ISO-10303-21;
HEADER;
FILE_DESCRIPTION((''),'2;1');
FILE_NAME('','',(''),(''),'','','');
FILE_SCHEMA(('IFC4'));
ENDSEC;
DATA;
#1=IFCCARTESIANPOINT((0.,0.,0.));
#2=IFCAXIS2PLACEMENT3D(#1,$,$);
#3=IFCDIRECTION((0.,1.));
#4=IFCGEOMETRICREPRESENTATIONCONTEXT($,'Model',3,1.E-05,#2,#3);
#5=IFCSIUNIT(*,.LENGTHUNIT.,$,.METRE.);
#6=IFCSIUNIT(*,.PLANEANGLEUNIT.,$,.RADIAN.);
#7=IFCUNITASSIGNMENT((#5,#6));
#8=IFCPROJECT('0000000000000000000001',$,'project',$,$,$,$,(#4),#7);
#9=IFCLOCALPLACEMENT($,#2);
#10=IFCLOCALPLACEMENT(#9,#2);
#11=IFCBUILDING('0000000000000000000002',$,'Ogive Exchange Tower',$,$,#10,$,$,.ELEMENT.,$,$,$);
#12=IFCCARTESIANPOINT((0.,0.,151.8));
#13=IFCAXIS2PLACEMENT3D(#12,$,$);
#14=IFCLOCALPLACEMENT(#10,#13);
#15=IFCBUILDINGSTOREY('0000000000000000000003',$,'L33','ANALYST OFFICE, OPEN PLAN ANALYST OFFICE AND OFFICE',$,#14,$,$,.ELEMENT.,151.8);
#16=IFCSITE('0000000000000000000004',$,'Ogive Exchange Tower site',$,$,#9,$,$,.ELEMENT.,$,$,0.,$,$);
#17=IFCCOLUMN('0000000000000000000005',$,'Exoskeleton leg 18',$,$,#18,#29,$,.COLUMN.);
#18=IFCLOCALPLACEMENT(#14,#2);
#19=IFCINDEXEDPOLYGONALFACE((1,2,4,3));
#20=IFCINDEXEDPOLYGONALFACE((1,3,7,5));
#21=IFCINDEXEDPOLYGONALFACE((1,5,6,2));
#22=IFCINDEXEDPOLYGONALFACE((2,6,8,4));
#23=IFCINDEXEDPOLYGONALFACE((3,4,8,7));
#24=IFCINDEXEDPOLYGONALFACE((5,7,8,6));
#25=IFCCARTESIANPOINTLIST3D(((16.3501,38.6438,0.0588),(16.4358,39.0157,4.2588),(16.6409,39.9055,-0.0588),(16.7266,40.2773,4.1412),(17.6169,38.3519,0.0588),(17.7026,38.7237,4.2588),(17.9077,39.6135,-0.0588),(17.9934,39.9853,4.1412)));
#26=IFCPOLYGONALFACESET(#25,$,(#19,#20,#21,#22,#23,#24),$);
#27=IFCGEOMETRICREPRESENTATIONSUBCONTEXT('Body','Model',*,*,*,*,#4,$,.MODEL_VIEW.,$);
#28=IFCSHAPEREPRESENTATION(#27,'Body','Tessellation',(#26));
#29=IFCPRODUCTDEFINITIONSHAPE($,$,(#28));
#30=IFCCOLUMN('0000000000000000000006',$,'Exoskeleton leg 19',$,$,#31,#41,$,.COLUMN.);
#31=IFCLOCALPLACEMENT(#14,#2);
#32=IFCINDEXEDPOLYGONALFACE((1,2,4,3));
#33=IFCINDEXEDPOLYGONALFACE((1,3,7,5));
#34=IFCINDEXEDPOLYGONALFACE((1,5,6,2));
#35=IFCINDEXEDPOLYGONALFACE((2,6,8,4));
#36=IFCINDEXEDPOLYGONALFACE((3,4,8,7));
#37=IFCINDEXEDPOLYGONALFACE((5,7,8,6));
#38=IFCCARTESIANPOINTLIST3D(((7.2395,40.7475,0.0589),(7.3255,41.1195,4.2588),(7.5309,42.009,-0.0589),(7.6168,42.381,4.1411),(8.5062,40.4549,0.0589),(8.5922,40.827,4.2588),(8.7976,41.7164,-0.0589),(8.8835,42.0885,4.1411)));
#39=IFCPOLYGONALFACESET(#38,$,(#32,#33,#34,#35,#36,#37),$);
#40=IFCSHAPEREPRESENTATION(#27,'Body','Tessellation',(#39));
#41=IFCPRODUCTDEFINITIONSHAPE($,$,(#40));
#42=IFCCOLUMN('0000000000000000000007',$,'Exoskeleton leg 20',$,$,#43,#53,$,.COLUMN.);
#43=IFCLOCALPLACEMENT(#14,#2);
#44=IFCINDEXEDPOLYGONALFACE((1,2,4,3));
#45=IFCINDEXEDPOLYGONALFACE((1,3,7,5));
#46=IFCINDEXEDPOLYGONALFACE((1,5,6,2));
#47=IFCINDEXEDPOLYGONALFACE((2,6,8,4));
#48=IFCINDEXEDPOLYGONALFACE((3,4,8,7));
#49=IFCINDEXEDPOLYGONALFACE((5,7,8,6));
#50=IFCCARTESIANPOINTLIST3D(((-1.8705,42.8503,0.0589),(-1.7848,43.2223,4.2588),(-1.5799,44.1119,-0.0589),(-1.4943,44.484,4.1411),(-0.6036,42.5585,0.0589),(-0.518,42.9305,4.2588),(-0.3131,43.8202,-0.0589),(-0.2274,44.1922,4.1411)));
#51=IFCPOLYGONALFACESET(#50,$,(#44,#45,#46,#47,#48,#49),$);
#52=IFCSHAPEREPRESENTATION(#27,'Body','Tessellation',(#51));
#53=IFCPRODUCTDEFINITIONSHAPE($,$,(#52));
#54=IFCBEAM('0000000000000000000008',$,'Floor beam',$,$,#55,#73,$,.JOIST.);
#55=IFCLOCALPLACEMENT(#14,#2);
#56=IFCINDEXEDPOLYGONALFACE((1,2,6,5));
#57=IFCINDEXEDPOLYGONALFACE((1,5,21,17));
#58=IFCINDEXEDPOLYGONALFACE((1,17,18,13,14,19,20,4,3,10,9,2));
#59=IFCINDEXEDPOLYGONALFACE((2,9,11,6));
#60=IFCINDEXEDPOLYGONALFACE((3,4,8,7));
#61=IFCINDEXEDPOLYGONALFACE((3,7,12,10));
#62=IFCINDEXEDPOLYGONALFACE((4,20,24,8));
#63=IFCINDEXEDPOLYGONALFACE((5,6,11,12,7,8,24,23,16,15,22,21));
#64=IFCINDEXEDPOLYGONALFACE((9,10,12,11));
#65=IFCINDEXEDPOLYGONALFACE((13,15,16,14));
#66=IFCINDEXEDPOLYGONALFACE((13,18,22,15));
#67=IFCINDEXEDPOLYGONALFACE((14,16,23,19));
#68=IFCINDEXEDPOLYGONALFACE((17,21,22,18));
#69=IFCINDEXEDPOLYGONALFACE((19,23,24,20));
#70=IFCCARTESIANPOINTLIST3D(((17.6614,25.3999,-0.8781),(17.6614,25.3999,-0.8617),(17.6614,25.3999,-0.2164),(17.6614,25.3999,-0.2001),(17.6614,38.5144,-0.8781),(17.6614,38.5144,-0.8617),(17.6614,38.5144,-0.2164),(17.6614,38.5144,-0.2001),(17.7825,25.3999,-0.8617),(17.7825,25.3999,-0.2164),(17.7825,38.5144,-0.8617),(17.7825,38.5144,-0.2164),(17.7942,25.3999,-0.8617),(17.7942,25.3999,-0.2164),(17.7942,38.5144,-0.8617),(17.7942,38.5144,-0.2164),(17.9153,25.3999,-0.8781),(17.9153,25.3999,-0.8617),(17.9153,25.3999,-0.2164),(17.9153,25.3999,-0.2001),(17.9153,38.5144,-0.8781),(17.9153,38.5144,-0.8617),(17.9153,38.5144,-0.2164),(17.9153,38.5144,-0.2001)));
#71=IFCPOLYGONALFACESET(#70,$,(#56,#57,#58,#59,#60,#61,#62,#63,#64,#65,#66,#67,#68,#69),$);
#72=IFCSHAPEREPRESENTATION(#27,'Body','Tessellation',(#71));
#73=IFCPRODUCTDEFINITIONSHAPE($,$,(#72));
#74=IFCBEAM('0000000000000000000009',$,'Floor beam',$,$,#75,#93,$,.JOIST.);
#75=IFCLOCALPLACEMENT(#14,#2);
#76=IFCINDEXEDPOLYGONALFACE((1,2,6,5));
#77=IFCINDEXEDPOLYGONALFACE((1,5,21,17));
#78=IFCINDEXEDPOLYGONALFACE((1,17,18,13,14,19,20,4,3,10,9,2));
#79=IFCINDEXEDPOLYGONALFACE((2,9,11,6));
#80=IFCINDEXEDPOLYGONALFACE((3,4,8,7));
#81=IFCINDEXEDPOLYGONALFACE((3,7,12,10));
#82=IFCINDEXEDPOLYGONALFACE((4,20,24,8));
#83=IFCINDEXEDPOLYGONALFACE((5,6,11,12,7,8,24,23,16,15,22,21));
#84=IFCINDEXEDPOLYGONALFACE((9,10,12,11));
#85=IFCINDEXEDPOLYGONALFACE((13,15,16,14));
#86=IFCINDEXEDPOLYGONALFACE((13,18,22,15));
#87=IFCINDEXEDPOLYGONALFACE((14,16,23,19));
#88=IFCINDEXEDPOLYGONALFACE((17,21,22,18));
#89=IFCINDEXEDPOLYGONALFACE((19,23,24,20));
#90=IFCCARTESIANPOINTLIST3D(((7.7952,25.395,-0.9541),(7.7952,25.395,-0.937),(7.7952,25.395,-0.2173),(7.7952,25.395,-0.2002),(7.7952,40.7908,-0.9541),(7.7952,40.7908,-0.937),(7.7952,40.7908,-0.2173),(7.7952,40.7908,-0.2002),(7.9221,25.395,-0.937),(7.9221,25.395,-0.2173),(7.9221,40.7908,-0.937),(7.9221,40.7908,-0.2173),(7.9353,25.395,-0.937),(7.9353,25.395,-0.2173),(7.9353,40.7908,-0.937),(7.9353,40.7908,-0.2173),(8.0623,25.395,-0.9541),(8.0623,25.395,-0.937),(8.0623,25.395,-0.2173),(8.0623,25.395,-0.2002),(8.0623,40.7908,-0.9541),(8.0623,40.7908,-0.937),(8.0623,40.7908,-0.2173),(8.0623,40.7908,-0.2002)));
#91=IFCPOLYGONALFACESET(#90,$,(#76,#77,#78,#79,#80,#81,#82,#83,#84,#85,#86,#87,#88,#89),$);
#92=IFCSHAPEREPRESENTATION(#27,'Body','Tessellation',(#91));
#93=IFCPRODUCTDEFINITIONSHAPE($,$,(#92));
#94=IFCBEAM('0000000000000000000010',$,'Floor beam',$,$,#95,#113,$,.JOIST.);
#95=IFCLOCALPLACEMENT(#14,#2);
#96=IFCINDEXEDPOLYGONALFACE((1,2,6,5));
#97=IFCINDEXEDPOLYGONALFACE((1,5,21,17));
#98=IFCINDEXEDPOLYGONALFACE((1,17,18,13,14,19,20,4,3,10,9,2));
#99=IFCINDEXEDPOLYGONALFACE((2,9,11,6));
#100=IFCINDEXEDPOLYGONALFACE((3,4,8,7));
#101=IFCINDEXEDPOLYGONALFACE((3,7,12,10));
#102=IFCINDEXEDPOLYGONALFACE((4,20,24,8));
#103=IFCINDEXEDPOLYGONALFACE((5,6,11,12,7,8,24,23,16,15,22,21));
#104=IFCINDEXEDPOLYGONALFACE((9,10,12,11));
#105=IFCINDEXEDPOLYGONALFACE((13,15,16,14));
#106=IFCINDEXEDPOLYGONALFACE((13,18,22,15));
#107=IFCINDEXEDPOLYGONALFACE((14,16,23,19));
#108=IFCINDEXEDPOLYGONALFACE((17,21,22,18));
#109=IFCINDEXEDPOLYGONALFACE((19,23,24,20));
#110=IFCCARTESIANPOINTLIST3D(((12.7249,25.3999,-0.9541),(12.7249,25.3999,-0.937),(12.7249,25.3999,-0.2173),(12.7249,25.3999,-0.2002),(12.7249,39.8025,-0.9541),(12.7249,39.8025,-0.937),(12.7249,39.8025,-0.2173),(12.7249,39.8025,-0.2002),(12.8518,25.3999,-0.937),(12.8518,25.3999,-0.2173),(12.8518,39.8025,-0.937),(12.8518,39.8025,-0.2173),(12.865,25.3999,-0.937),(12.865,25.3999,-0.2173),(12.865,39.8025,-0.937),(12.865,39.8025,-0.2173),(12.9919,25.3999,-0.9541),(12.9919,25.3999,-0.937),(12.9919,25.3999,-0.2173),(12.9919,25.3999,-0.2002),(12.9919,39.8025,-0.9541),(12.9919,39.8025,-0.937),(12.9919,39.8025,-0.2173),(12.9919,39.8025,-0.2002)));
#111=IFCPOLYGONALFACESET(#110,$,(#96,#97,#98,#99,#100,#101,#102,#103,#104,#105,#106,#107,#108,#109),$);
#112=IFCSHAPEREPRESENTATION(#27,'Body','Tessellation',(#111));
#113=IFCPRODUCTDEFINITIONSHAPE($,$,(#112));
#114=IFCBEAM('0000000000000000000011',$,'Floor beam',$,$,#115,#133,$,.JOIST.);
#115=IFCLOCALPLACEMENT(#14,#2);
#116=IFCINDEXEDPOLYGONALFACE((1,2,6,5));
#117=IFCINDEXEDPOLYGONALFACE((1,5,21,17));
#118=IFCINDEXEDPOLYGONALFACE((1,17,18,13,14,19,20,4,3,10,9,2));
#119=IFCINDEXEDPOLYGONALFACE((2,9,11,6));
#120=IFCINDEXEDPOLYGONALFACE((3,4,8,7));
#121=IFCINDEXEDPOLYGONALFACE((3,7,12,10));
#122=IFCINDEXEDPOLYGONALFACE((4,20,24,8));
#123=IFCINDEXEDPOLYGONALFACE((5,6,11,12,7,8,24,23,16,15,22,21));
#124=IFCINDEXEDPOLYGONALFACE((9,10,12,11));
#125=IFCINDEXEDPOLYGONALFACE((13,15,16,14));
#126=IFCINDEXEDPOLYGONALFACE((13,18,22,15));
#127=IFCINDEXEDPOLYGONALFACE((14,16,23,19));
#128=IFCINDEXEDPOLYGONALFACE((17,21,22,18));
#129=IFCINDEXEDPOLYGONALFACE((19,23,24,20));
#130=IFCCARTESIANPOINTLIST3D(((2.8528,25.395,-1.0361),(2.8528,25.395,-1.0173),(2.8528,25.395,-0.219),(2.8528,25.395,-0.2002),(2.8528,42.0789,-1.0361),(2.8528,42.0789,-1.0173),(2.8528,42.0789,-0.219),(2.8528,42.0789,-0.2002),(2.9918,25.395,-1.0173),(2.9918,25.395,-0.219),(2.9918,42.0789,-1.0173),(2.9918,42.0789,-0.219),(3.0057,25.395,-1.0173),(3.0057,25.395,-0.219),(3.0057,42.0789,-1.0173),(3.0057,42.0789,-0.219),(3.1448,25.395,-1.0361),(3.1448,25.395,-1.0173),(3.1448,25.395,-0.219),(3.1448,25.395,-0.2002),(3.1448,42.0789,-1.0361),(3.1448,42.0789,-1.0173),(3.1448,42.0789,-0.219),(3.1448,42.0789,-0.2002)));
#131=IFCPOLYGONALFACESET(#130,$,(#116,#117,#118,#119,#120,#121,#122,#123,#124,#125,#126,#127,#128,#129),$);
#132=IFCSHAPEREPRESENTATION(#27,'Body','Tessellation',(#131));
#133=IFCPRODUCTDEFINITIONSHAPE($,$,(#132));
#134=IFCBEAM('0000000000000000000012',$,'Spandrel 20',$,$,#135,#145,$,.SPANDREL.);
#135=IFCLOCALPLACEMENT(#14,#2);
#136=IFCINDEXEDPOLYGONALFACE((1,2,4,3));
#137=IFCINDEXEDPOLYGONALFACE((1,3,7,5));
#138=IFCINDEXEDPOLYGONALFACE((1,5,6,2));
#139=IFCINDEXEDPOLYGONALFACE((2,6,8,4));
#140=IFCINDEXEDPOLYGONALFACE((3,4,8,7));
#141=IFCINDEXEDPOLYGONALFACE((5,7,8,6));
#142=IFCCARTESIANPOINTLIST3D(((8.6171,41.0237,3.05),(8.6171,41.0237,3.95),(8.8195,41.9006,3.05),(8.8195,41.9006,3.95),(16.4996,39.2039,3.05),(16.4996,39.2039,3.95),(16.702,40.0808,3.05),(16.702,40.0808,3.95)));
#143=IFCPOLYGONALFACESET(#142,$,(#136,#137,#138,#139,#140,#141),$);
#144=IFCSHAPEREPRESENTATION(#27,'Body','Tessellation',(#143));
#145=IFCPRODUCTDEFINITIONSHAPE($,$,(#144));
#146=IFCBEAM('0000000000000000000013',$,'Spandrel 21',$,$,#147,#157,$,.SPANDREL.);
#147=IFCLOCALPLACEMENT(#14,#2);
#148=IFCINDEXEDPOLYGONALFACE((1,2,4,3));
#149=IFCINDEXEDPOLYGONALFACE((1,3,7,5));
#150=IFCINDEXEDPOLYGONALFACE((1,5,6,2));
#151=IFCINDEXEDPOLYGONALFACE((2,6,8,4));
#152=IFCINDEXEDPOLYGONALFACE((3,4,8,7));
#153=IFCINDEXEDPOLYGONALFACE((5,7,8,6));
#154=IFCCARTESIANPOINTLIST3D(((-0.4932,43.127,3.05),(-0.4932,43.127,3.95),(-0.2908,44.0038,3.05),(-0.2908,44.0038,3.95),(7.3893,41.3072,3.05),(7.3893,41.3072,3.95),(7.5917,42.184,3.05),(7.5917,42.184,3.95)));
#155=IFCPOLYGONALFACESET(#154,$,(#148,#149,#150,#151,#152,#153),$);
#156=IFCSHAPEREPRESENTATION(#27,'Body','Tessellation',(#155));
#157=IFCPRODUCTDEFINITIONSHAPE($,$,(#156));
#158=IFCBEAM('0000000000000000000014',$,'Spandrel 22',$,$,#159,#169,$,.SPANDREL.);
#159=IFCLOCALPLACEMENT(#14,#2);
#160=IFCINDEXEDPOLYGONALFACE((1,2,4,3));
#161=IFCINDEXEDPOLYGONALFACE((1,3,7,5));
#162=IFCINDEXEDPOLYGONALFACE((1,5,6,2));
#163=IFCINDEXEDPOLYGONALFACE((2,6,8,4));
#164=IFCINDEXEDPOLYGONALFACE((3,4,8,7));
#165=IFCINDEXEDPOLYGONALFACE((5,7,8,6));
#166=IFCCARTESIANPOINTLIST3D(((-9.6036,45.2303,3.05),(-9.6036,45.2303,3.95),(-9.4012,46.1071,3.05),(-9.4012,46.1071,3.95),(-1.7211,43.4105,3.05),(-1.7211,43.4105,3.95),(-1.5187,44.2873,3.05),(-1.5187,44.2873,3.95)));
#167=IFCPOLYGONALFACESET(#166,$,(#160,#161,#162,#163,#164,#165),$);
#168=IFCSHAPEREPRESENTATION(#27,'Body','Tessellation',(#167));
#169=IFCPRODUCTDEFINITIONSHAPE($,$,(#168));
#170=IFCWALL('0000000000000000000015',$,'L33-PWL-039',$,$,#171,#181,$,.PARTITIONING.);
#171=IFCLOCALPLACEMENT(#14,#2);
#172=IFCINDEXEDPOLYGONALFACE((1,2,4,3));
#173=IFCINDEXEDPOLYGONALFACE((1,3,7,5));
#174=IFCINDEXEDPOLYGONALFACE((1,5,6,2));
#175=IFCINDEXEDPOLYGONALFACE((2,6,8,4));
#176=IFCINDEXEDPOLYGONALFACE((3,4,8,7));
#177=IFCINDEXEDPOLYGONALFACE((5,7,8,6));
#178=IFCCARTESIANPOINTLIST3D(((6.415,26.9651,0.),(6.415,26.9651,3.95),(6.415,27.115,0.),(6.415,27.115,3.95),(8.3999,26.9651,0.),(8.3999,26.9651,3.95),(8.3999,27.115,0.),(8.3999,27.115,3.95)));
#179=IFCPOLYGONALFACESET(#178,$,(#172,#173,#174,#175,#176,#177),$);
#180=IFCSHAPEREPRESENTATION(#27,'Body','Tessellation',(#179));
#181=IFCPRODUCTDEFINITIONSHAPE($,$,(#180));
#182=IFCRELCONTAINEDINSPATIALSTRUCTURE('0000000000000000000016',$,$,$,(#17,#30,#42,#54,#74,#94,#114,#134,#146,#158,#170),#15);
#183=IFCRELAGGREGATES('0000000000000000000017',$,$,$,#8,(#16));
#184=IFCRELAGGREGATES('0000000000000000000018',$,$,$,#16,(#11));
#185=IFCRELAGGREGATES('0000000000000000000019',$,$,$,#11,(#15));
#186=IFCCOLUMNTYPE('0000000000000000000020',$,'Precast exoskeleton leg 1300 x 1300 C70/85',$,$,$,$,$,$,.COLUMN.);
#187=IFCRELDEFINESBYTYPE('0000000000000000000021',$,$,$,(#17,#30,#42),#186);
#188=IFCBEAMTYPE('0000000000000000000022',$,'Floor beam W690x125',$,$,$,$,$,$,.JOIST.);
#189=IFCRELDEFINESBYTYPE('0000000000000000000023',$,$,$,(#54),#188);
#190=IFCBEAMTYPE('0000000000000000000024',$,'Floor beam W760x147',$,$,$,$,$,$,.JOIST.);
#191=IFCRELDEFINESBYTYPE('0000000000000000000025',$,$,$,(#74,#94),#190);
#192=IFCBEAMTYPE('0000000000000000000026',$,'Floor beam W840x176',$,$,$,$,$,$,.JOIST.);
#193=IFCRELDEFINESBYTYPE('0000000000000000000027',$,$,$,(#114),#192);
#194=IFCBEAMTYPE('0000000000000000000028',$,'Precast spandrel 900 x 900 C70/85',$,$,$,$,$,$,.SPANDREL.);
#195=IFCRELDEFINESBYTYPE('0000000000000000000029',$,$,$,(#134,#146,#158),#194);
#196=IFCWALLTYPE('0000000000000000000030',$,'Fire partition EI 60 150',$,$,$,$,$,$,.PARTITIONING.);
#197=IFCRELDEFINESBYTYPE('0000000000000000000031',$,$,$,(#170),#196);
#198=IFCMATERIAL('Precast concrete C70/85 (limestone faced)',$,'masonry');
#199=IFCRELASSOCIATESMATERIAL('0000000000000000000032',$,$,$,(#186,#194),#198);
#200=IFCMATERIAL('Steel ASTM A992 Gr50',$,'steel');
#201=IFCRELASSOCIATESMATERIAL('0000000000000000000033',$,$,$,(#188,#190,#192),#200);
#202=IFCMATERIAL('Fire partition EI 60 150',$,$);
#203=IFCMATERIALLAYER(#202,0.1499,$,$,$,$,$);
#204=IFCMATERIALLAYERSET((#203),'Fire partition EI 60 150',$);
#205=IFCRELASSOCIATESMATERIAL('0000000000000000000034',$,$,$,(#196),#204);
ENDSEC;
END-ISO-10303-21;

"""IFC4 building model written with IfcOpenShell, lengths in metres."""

from ifc_helpers import new_model, si_unit, direction, frame, frame_2d, origin, origin_2d, place, context, subcontext, project, spatial, rectangle, i_section, extrude, material, layer, layer_set, material_profile, profile_set, type_object, element, save


model = new_model("IFC4")

# Units and contexts
model_context = context("Model", 3, precision=1e-05, world=origin(), true_north=direction((0.0, 1.0)))
body_context = subcontext(model_context, "Body", "Model", "MODEL_VIEW")
ifc_project = project(units=[si_unit("LENGTHUNIT", "METRE"), si_unit("PLANEANGLEUNIT", "RADIAN")], contexts=[model_context])

# Site, building, storey
site_placement = place(None, origin())
site = spatial("IfcSite", under=ifc_project, at=site_placement, Name="Ogive Exchange Tower site", CompositionType="ELEMENT", RefElevation=0.0)
building_placement = place(site_placement, origin())
building = spatial("IfcBuilding", under=site, at=building_placement, Name="Ogive Exchange Tower", CompositionType="ELEMENT")
storey_placement = place(building_placement, frame((0.0, 0.0, 151.8)))
storey = spatial("IfcBuildingStorey", under=building, at=storey_placement, Name="L33", Description="ANALYST OFFICE, OPEN PLAN ANALYST OFFICE AND OFFICE", CompositionType="ELEMENT", Elevation=151.8)

# Columns
ifc_material_1 = material(Name="Precast concrete C70/85 (limestone faced)", Category="masonry")
ifc_material_profile_1 = material_profile(ifc_material_1, rectangle(XDim=1.3, YDim=1.3, at=origin_2d()), Name="1300 x 1300")
ifc_profile_set_1 = profile_set([ifc_material_profile_1], Name="Precast concrete C70/85 (limestone faced)")
column_type = type_object("IfcColumnType", Name="Precast exoskeleton leg 1300 x 1300 C70/85", PredefinedType="COLUMN", material=ifc_profile_set_1)
for number, where, z_axis, x_axis, name in (
    (1, (17.1289, 39.1287, 0.0), (0.02032, 0.088168, 0.995898), (-0.974456, 0.224579, 0.0), "Exoskeleton leg 18"),
    (2, (8.0186, 41.2319, 0.0), (0.020377, 0.088225, 0.995892), (-0.974348, 0.225046, 0.0), "Exoskeleton leg 19"),
    (3, (-1.0918, 43.3352, 0.0), (0.02032, 0.088225, 0.995893), (-0.974488, 0.224439, 0.0), "Exoskeleton leg 20"),
):
    element("IfcColumn", number, at=place(storey_placement, frame(where, z_axis=z_axis, x_axis=x_axis)), inside=storey, type_object=column_type, Name=name, PredefinedType="COLUMN", context=body_context, shape_type="SweptSolid", body=[
        extrude(rectangle(XDim=1.3, YDim=1.3, at=origin_2d()), origin(), (0.0, 0.0, 1.0), 4.2173),
    ])

# Beams
ifc_material_2 = material(Name="Steel ASTM A992 Gr50", Category="steel")
ifc_material_profile_2 = material_profile(ifc_material_2, i_section(OverallWidth=0.2539, OverallDepth=0.678, WebThickness=0.0117, FlangeThickness=0.0164, at=origin_2d()), Name="W690x125")
ifc_profile_set_2 = profile_set([ifc_material_profile_2], Name="Steel ASTM A992 Gr50")
beam_type_1 = type_object("IfcBeamType", Name="Floor beam W690x125", PredefinedType="JOIST", material=ifc_profile_set_2)
beam_1_placement = place(storey_placement, frame((17.7883, 25.3999, -0.5391), z_axis=(0.0, 1.0, 0.0), x_axis=(-1.0, 0.0, 0.0)))
element("IfcBeam", 4, at=beam_1_placement, inside=storey, type_object=beam_type_1, Name="Floor beam", PredefinedType="JOIST", context=body_context, shape_type="SweptSolid", body=[
    extrude(i_section(OverallWidth=0.2539, OverallDepth=0.678, WebThickness=0.0117, FlangeThickness=0.0164, at=origin_2d()), origin(), (0.0, 0.0, 1.0), 13.1145),
])
ifc_material_profile_3 = material_profile(ifc_material_2, i_section(OverallWidth=0.2671, OverallDepth=0.7539, WebThickness=0.0132, FlangeThickness=0.0171, at=origin_2d()), Name="W760x147")
ifc_profile_set_3 = profile_set([ifc_material_profile_3], Name="Steel ASTM A992 Gr50")
beam_type_2 = type_object("IfcBeamType", Name="Floor beam W760x147", PredefinedType="JOIST", material=ifc_profile_set_3)
beam_2_placement = place(storey_placement, frame((7.9287, 25.395, -0.5771), z_axis=(0.0, 1.0, 0.0), x_axis=(-1.0, 0.0, 0.0)))
element("IfcBeam", 5, at=beam_2_placement, inside=storey, type_object=beam_type_2, Name="Floor beam", PredefinedType="JOIST", context=body_context, shape_type="SweptSolid", body=[
    extrude(i_section(OverallWidth=0.2671, OverallDepth=0.7539, WebThickness=0.0132, FlangeThickness=0.0171, at=origin_2d()), origin(), (0.0, 0.0, 1.0), 15.3958),
])
beam_3_placement = place(storey_placement, frame((12.8584, 25.3999, -0.5771), z_axis=(0.0, 1.0, 0.0), x_axis=(-1.0, 0.0, 0.0)))
element("IfcBeam", 6, at=beam_3_placement, inside=storey, type_object=beam_type_2, Name="Floor beam", PredefinedType="JOIST", context=body_context, shape_type="SweptSolid", body=[
    extrude(i_section(OverallWidth=0.2671, OverallDepth=0.7539, WebThickness=0.0132, FlangeThickness=0.0171, at=origin_2d()), origin(), (0.0, 0.0, 1.0), 14.4026),
])
ifc_material_profile_4 = material_profile(ifc_material_2, i_section(OverallWidth=0.292, OverallDepth=0.8359, WebThickness=0.0139, FlangeThickness=0.0188, at=origin_2d()), Name="W840x176")
ifc_profile_set_4 = profile_set([ifc_material_profile_4], Name="Steel ASTM A992 Gr50")
beam_type_3 = type_object("IfcBeamType", Name="Floor beam W840x176", PredefinedType="JOIST", material=ifc_profile_set_4)
beam_4_placement = place(storey_placement, frame((2.9988, 25.395, -0.6182), z_axis=(0.0, 1.0, 0.0), x_axis=(-1.0, 0.0, 0.0)))
element("IfcBeam", 7, at=beam_4_placement, inside=storey, type_object=beam_type_3, Name="Floor beam", PredefinedType="JOIST", context=body_context, shape_type="SweptSolid", body=[
    extrude(i_section(OverallWidth=0.292, OverallDepth=0.8359, WebThickness=0.0139, FlangeThickness=0.0188, at=origin_2d()), origin(), (0.0, 0.0, 1.0), 16.6838),
])
ifc_material_profile_5 = material_profile(ifc_material_1, rectangle(XDim=0.8999, YDim=0.8999, at=origin_2d()), Name="900 x 900")
ifc_profile_set_5 = profile_set([ifc_material_profile_5], Name="Precast concrete C70/85 (limestone faced)")
beam_type_4 = type_object("IfcBeamType", Name="Precast spandrel 900 x 900 C70/85", PredefinedType="SPANDREL", material=ifc_profile_set_5)
for number, where, z_axis, x_axis, name in (
    (8, (16.6008, 39.6423, 3.5), (-0.97437, 0.22495, 0.0), (-0.22495, -0.97437, 0.0), "Spandrel 20"),
    (9, (7.4905, 41.7456, 3.5), (-0.97437, 0.22495, 0.0), (-0.22495, -0.97437, 0.0), "Spandrel 21"),
    (10, (-1.6199, 43.8489, 3.5), (-0.97437, 0.22495, 0.0), (-0.22495, -0.97437, 0.0), "Spandrel 22"),
):
    element("IfcBeam", number, at=place(storey_placement, frame(where, z_axis=z_axis, x_axis=x_axis)), inside=storey, type_object=beam_type_4, Name=name, PredefinedType="SPANDREL", context=body_context, shape_type="SweptSolid", body=[
        extrude(rectangle(XDim=0.8999, YDim=0.8999, at=origin_2d()), origin(), (0.0, 0.0, 1.0), 8.0898),
    ])

# Wall
ifc_material_3 = material(Name="Fire partition EI 60 150")
ifc_layer_1 = layer(ifc_material_3, 0.1499)
ifc_layer_set_1 = layer_set([ifc_layer_1], Name="Fire partition EI 60 150")
wall_type_1 = type_object("IfcWallType", Name="Fire partition EI 60 150", PredefinedType="PARTITIONING", material=ifc_layer_set_1)
wall_1_placement = place(storey_placement, frame((6.415, 27.04, 0.0), z_axis=(0.0, 0.0, 1.0), x_axis=(1.0, 0.0, 0.0)))
element("IfcWall", 11, at=wall_1_placement, inside=storey, type_object=wall_type_1, Name="L33-PWL-039", PredefinedType="PARTITIONING", context=body_context, shape_type="SweptSolid", body=[
    extrude(rectangle(XDim=1.9849, YDim=0.1499, at=frame_2d((0.9924, 0.0))), origin(), (0.0, 0.0, 1.0), 3.95),
])

save(model, "model.ifc")
